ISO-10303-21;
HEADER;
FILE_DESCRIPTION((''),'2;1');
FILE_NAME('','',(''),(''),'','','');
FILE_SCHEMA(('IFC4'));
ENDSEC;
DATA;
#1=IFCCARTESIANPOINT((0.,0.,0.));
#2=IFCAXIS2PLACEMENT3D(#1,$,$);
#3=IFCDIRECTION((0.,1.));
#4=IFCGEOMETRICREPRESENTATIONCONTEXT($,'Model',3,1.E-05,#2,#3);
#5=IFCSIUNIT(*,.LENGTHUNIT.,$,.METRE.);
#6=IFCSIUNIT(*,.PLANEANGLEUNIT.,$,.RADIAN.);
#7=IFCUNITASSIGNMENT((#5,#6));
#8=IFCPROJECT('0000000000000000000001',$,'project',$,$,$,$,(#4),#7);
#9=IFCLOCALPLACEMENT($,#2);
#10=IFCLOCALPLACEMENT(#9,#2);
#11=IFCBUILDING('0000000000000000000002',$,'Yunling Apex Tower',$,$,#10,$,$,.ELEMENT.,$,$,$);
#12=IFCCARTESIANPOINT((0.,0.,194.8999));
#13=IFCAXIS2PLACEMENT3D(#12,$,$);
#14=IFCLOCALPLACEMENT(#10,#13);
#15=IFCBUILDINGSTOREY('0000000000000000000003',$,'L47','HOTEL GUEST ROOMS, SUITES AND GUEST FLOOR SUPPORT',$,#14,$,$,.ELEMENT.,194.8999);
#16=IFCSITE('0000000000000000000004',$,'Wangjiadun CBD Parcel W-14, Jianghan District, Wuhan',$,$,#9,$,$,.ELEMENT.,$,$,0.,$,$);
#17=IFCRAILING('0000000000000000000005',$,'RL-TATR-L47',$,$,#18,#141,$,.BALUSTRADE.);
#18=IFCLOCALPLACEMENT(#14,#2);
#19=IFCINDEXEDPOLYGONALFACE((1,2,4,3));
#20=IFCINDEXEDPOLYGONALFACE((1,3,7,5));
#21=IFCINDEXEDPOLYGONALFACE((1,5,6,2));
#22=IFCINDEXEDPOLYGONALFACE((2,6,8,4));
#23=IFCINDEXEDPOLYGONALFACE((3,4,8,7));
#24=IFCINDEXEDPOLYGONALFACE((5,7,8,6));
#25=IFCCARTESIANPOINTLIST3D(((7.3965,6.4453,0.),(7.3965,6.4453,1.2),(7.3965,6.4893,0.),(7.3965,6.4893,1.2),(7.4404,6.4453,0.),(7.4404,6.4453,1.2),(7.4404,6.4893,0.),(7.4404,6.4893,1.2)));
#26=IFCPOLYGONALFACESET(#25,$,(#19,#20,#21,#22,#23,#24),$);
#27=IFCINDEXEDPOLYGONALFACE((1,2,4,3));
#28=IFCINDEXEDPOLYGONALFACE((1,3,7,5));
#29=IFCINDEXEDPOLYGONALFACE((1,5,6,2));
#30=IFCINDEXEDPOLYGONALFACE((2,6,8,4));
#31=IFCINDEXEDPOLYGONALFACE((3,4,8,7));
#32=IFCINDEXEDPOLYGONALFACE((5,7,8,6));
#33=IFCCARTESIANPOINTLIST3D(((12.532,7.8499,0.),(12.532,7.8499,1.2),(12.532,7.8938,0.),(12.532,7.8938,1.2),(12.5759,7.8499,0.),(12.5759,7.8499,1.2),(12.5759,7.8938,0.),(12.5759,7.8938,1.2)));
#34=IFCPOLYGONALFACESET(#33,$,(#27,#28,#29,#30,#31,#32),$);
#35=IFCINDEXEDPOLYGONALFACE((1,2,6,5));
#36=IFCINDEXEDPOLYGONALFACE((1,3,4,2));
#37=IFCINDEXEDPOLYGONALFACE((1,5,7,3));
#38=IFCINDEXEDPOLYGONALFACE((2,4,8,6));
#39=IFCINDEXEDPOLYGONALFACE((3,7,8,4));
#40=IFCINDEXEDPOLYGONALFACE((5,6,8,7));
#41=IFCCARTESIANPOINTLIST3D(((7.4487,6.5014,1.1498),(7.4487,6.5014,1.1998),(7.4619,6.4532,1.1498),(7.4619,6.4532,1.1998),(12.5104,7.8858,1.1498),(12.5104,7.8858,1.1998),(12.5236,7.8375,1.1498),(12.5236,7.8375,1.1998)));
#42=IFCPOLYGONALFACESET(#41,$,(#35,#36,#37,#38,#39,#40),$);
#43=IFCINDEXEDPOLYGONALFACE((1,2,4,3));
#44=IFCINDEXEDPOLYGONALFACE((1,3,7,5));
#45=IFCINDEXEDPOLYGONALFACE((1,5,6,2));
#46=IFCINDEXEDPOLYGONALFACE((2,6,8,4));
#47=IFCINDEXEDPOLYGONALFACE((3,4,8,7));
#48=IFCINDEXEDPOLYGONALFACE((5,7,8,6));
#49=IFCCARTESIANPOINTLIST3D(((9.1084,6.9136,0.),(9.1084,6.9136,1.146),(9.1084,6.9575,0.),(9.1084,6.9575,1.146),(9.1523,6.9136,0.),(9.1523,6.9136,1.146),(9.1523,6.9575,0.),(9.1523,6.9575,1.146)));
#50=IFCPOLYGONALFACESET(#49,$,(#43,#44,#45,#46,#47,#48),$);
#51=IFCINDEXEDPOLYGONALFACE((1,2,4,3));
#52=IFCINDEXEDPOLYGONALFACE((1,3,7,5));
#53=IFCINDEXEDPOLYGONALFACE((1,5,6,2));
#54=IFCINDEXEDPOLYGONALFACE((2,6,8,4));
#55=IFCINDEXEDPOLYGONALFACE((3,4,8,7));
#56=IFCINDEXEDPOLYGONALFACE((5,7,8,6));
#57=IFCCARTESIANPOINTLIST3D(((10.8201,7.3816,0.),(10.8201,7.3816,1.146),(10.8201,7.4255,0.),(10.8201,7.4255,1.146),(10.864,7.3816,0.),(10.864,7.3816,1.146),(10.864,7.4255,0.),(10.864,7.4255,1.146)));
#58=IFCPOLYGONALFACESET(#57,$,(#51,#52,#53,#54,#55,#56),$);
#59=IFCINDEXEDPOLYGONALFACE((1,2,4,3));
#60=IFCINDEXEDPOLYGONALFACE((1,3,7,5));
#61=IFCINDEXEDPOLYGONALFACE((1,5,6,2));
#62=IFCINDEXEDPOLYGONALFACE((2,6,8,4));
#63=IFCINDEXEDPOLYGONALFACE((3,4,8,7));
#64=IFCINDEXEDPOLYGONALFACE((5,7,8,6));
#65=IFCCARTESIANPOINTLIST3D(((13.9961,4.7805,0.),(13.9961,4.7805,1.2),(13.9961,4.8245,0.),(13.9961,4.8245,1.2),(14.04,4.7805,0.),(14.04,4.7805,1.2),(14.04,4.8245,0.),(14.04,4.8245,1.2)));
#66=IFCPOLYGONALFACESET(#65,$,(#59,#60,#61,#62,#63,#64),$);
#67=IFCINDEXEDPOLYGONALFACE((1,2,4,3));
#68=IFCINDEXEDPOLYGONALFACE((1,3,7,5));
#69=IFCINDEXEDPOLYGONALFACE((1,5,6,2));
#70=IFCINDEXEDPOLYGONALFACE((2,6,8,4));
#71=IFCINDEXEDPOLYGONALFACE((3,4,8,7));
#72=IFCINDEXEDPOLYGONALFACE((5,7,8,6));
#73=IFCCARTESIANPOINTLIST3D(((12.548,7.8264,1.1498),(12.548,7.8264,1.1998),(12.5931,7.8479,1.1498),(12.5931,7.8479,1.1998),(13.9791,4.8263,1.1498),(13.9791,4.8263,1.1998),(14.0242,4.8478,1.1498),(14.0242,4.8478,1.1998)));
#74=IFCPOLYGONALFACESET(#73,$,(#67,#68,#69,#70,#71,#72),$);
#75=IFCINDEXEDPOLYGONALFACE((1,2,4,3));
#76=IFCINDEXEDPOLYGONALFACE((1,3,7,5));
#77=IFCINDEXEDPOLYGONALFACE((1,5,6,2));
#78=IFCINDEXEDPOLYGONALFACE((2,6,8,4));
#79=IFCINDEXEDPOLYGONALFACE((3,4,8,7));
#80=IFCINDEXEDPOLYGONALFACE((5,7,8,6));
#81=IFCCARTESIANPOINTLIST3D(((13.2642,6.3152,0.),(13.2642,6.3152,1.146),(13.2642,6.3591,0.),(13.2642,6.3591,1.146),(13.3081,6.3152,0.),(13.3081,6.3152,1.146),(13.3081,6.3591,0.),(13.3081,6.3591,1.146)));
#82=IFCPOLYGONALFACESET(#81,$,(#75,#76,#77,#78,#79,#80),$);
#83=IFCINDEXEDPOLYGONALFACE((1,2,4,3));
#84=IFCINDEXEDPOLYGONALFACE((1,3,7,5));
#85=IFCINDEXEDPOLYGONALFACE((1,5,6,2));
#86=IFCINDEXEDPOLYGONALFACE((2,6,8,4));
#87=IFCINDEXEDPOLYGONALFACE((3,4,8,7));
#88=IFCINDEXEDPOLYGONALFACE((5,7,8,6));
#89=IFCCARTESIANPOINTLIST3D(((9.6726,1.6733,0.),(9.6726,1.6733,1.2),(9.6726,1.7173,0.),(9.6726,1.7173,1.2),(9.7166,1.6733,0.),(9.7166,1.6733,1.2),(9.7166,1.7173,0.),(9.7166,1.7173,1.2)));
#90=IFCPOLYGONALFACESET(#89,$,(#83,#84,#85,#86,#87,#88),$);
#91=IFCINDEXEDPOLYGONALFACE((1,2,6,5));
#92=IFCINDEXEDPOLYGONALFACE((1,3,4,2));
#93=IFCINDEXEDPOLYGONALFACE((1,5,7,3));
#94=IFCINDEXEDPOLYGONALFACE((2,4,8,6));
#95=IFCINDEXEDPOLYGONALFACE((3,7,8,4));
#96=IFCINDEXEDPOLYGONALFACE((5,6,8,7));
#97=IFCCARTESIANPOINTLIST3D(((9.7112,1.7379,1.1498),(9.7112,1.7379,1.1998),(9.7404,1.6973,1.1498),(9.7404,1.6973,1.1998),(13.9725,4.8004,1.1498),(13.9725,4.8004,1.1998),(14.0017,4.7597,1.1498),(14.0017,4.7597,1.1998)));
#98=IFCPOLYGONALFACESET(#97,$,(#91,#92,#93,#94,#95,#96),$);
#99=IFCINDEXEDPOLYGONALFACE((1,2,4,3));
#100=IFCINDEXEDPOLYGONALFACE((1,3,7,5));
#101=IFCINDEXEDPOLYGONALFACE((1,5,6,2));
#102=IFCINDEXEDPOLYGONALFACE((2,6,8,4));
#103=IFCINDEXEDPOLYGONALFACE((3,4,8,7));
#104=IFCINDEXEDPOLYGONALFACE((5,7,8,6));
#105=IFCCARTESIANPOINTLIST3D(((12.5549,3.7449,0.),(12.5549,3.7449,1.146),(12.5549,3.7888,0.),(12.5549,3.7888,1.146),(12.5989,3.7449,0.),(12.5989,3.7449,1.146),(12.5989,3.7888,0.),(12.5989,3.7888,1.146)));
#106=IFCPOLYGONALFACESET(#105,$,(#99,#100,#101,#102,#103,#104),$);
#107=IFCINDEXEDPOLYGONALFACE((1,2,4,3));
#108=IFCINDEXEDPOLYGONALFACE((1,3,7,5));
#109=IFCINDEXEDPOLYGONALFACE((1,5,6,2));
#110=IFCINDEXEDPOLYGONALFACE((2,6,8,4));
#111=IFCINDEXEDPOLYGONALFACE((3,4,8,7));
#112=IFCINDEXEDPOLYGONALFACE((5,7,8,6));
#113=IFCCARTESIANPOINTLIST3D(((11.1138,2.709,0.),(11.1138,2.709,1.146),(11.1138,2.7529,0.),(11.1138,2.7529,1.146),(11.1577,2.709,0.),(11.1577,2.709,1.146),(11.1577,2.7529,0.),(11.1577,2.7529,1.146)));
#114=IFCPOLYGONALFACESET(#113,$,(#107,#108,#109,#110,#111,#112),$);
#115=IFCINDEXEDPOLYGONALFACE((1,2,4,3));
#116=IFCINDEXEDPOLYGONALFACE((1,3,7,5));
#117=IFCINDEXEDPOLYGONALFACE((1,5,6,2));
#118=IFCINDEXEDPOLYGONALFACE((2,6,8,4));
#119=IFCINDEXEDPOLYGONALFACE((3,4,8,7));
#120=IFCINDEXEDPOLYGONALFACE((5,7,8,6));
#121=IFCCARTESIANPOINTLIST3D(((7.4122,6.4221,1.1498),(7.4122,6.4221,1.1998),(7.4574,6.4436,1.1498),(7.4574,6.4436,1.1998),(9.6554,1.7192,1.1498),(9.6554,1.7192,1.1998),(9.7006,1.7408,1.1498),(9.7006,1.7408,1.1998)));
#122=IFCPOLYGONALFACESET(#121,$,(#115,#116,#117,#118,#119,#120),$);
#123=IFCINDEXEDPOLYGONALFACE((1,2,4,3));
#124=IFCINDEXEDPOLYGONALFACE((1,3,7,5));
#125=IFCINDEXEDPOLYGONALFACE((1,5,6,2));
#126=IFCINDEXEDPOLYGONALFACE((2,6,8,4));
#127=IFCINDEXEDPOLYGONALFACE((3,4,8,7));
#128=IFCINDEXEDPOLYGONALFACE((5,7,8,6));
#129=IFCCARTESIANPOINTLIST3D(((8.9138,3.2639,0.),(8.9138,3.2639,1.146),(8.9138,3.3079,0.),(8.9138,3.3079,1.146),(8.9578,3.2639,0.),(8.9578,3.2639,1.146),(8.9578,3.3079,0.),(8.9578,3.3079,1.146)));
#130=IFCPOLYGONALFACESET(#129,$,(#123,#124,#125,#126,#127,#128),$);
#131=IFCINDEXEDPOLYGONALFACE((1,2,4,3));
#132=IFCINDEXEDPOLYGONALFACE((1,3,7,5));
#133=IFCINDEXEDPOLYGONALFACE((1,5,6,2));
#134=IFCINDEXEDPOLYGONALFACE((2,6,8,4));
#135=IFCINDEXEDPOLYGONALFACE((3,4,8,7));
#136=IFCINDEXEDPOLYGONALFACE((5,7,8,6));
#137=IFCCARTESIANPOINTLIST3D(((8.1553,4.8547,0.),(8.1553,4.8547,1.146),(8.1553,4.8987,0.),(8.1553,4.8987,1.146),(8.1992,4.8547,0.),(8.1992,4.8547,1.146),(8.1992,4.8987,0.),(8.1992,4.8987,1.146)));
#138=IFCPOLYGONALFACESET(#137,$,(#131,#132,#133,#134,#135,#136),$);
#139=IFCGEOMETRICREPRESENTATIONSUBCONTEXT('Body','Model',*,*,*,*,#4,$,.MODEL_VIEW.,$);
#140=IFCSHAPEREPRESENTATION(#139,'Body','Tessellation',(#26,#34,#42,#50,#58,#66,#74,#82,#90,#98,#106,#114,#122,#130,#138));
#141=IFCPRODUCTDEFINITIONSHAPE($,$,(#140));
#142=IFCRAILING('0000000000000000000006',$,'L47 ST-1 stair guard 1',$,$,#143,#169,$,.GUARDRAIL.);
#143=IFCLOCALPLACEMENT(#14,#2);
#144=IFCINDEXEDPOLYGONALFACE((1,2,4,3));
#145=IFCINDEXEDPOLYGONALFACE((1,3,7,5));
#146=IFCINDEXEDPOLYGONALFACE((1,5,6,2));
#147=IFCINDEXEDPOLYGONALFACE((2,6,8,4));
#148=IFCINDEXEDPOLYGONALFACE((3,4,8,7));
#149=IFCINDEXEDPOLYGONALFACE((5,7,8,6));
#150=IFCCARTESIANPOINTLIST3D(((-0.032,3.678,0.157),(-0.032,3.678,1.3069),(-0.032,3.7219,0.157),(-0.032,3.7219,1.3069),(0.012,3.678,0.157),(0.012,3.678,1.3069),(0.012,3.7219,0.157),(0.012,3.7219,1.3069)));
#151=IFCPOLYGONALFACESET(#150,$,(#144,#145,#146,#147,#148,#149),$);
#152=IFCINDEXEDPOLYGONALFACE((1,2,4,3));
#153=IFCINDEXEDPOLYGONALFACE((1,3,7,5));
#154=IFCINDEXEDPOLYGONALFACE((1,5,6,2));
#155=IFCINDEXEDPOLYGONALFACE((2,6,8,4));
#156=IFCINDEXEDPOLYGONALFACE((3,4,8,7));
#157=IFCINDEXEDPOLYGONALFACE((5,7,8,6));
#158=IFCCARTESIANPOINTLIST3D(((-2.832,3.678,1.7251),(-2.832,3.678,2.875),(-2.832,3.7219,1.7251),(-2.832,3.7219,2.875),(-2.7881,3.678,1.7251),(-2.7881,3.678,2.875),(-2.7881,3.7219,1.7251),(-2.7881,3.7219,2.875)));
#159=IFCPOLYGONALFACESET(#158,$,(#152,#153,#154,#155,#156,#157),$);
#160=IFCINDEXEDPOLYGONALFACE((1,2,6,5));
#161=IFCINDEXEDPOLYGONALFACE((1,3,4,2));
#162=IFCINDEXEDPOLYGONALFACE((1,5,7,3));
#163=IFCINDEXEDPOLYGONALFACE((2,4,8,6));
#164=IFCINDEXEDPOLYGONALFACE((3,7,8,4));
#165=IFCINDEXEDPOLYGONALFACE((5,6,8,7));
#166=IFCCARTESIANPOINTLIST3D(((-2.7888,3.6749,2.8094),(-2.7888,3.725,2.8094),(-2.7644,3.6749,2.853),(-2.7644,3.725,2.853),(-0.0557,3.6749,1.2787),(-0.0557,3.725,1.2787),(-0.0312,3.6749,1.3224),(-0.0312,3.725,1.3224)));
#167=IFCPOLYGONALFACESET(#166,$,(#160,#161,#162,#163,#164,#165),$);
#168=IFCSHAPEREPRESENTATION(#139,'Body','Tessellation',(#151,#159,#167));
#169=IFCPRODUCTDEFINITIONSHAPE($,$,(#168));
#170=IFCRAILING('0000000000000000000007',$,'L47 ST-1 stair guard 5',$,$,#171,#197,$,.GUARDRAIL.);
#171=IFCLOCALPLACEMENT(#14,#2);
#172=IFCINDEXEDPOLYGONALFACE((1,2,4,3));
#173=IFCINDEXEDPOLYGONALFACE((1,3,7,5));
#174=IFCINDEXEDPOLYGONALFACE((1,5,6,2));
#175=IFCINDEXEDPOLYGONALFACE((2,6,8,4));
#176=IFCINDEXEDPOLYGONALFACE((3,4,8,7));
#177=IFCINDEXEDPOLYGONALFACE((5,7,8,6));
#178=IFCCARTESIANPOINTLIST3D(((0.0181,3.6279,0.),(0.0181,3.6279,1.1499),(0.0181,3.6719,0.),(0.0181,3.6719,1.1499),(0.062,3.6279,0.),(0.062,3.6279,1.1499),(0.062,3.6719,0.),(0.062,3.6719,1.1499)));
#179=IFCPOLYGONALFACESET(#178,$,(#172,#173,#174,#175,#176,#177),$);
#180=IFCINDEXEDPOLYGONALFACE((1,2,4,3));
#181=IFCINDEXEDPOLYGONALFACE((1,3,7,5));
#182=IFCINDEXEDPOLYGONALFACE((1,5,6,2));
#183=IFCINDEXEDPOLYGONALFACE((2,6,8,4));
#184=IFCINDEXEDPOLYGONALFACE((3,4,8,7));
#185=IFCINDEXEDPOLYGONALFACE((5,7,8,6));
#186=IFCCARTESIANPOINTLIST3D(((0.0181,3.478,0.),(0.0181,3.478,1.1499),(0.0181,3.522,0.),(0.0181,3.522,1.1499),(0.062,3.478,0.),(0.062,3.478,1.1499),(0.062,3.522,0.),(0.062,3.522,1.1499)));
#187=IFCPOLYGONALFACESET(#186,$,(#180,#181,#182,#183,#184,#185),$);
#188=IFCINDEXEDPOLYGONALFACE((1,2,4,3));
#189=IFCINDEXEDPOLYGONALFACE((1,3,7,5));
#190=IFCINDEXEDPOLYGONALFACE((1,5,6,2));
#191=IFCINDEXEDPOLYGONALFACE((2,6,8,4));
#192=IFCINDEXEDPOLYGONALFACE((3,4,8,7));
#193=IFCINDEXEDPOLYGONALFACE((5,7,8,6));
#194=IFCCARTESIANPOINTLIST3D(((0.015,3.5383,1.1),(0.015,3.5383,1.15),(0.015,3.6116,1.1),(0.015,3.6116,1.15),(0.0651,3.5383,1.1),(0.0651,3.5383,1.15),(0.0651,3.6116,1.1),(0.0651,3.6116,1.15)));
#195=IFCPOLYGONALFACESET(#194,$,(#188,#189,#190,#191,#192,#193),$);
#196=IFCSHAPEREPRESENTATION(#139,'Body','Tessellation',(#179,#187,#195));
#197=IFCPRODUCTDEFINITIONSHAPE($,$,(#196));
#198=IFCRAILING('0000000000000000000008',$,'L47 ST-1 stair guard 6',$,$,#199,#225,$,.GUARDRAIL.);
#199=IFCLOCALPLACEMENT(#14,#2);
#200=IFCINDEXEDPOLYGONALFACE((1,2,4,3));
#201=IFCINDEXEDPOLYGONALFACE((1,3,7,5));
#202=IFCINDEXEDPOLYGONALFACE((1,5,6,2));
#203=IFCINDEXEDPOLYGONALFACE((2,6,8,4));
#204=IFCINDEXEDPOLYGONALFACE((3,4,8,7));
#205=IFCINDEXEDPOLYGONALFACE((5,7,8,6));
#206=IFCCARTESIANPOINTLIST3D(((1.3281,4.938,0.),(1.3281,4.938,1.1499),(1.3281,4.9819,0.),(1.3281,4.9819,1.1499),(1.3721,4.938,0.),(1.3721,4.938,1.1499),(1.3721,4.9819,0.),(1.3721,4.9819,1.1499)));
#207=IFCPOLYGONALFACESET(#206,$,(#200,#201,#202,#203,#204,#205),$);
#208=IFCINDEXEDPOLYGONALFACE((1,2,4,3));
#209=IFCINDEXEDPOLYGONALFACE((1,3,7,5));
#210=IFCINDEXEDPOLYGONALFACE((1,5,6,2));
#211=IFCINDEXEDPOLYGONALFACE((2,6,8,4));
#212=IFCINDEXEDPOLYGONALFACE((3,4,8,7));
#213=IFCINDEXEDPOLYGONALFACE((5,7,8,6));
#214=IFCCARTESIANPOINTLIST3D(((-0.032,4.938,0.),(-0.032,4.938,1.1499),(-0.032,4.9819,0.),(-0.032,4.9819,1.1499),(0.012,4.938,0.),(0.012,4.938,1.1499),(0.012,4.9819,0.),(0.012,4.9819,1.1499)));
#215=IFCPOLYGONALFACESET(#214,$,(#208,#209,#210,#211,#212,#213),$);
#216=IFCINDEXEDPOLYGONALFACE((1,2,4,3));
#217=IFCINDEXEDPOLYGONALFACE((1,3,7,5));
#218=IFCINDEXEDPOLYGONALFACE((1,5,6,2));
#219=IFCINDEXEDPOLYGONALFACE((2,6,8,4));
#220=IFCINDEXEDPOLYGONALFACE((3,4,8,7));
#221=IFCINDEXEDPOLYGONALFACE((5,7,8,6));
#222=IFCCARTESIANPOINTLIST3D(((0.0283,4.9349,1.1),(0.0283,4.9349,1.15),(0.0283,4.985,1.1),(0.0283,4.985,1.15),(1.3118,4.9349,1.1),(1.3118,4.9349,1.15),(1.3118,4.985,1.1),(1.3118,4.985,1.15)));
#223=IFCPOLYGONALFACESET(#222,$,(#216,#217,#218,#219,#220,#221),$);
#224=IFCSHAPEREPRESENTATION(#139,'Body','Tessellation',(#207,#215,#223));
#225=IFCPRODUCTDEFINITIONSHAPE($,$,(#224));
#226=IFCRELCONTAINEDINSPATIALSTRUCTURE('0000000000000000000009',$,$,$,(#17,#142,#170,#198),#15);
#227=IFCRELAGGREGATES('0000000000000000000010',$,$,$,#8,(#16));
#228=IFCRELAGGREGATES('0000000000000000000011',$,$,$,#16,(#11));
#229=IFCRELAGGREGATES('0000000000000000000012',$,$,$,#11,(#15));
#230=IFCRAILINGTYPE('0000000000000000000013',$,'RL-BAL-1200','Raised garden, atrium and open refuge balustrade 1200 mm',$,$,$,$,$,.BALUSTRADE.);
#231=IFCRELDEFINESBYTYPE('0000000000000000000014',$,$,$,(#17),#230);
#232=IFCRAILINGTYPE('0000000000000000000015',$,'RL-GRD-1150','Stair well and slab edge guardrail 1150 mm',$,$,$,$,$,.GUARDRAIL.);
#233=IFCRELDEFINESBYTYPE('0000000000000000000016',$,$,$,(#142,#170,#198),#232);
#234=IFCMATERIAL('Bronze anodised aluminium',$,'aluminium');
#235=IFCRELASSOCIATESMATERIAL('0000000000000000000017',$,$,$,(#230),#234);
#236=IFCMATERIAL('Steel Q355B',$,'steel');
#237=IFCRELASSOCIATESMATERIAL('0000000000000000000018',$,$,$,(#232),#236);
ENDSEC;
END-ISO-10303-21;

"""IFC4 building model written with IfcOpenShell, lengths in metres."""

from ifc_helpers import new_model, si_unit, direction, frame, origin, origin_2d, place, context, subcontext, project, spatial, rectangle, extrude, material, type_object, element, save


model = new_model("IFC4")

# Units and contexts
model_context = context("Model", 3, precision=1e-05, world=origin(), true_north=direction((0.0, 1.0)))
body_context = subcontext(model_context, "Body", "Model", "MODEL_VIEW")
ifc_project = project(units=[si_unit("LENGTHUNIT", "METRE"), si_unit("PLANEANGLEUNIT", "RADIAN")], contexts=[model_context])

# Site, building, storey
site_placement = place(None, origin())
site = spatial("IfcSite", under=ifc_project, at=site_placement, Name="Wangjiadun CBD Parcel W-14, Jianghan District, Wuhan", CompositionType="ELEMENT", RefElevation=0.0)
building_placement = place(site_placement, origin())
building = spatial("IfcBuilding", under=site, at=building_placement, Name="Yunling Apex Tower", CompositionType="ELEMENT")
storey_placement = place(building_placement, frame((0.0, 0.0, 194.8999)))
storey = spatial("IfcBuildingStorey", under=building, at=storey_placement, Name="L47", Description="HOTEL GUEST ROOMS, SUITES AND GUEST FLOOR SUPPORT", CompositionType="ELEMENT", Elevation=194.8999)

# Shared definitions
ifc_material_1 = material(Name="Steel Q355B", Category="steel")

# Shared definitions
ifc_material_2 = material(Name="Bronze anodised aluminium", Category="aluminium")

# Railings
railing_type_1 = type_object("IfcRailingType", Name="RL-BAL-1200", Description="Raised garden, atrium and open refuge balustrade 1200 mm", PredefinedType="BALUSTRADE", material=ifc_material_2)
railing_1_placement = place(storey_placement, frame((7.4185, 6.4673, 0.0)))
element("IfcRailing", 1, at=railing_1_placement, inside=storey, type_object=railing_type_1, Name="RL-TATR-L47", PredefinedType="BALUSTRADE", context=body_context, shape_type="SweptSolid", body=[
    extrude(rectangle(XDim=0.0439, YDim=0.0439, at=origin_2d()), origin(), (0.0, 0.0, 1.0), 1.2),
    extrude(rectangle(XDim=0.0439, YDim=0.0439, at=origin_2d()), frame((5.1355, 1.4045, 0.0)), (0.0, 0.0, 1.0), 1.2),
    extrude(rectangle(XDim=0.05, YDim=0.05, at=origin_2d()), frame((0.0369, 0.01, 1.1748), z_axis=(0.964575, 0.263808, 0.0), x_axis=(-0.263808, 0.964575, 0.0)), (0.0, 0.0, 1.0), 5.2476),
    extrude(rectangle(XDim=0.0439, YDim=0.0439, at=origin_2d()), frame((1.7119, 0.4683, 0.0)), (0.0, 0.0, 1.0), 1.146),
    extrude(rectangle(XDim=0.0439, YDim=0.0439, at=origin_2d()), frame((3.4236, 0.9363, 0.0)), (0.0, 0.0, 1.0), 1.146),
    extrude(rectangle(XDim=0.0439, YDim=0.0439, at=origin_2d()), frame((6.5996, -1.6648, 0.0)), (0.0, 0.0, 1.0), 1.2),
    extrude(rectangle(XDim=0.05, YDim=0.05, at=origin_2d()), frame((5.1521, 1.3699, 1.1748), z_axis=(0.430538, -0.902572, 0.0), x_axis=(0.902572, 0.430538, 0.0)), (0.0, 0.0, 1.0), 3.324),
    extrude(rectangle(XDim=0.0439, YDim=0.0439, at=origin_2d()), frame((5.8677, -0.1301, 0.0)), (0.0, 0.0, 1.0), 1.146),
    extrude(rectangle(XDim=0.0439, YDim=0.0439, at=origin_2d()), frame((2.2761, -4.772, 0.0)), (0.0, 0.0, 1.0), 1.2),
    extrude(rectangle(XDim=0.05, YDim=0.05, at=origin_2d()), frame((6.5686, -1.6873, 1.1748), z_axis=(-0.812045, -0.583595, 0.0), x_axis=(0.583595, -0.812045, 0.0)), (0.0, 0.0, 1.0), 5.2476),
    extrude(rectangle(XDim=0.0439, YDim=0.0439, at=origin_2d()), frame((5.1584, -2.7004, 0.0)), (0.0, 0.0, 1.0), 1.146),
    extrude(rectangle(XDim=0.0439, YDim=0.0439, at=origin_2d()), frame((3.7173, -3.7363, 0.0)), (0.0, 0.0, 1.0), 1.146),
    extrude(rectangle(XDim=0.05, YDim=0.05, at=origin_2d()), frame((2.2595, -4.7373, 1.1748), z_axis=(-0.430512, 0.902585, 0.0), x_axis=(-0.902585, -0.430512, 0.0)), (0.0, 0.0, 1.0), 5.2104),
    extrude(rectangle(XDim=0.0439, YDim=0.0439, at=origin_2d()), frame((1.5173, -3.1814, 0.0)), (0.0, 0.0, 1.0), 1.146),
    extrude(rectangle(XDim=0.0439, YDim=0.0439, at=origin_2d()), frame((0.7588, -1.5906, 0.0)), (0.0, 0.0, 1.0), 1.146),
])
railing_type_2 = type_object("IfcRailingType", Name="RL-GRD-1150", Description="Stair well and slab edge guardrail 1150 mm", PredefinedType="GUARDRAIL", material=ifc_material_1)
railing_2_placement = place(storey_placement, frame((-0.01, 3.7, 0.157)))
element("IfcRailing", 2, at=railing_2_placement, inside=storey, type_object=railing_type_2, Name="L47 ST-1 stair guard 1", PredefinedType="GUARDRAIL", context=body_context, shape_type="SweptSolid", body=[
    extrude(rectangle(XDim=0.0439, YDim=0.0439, at=origin_2d()), origin(), (0.0, 0.0, 1.0), 1.1499),
    extrude(rectangle(XDim=0.0439, YDim=0.0439, at=origin_2d()), frame((-2.8, 0.0, 1.5681)), (0.0, 0.0, 1.0), 1.1499),
    extrude(rectangle(XDim=0.05, YDim=0.05, at=origin_2d()), frame((-0.0334, 0.0, 1.1436), z_axis=(-0.872494, 0.0, 0.488624), x_axis=(0.0, -1.0, 0.0)), (0.0, 0.0, 1.0), 3.1326),
])
railing_3_placement = place(storey_placement, frame((0.04, 3.6499, 0.0)))
element("IfcRailing", 3, at=railing_3_placement, inside=storey, type_object=railing_type_2, Name="L47 ST-1 stair guard 5", PredefinedType="GUARDRAIL", context=body_context, shape_type="SweptSolid", body=[
    extrude(rectangle(XDim=0.0439, YDim=0.0439, at=origin_2d()), origin(), (0.0, 0.0, 1.0), 1.1499),
    extrude(rectangle(XDim=0.0439, YDim=0.0439, at=origin_2d()), frame((0.0, -0.1499, 0.0)), (0.0, 0.0, 1.0), 1.1499),
    extrude(rectangle(XDim=0.05, YDim=0.05, at=origin_2d()), frame((0.0, -0.0383, 1.125), z_axis=(0.0, -1.0, 0.0), x_axis=(1.0, 0.0, 0.0)), (0.0, 0.0, 1.0), 0.0732),
])
railing_4_placement = place(storey_placement, frame((1.3501, 4.96, 0.0)))
element("IfcRailing", 4, at=railing_4_placement, inside=storey, type_object=railing_type_2, Name="L47 ST-1 stair guard 6", PredefinedType="GUARDRAIL", context=body_context, shape_type="SweptSolid", body=[
    extrude(rectangle(XDim=0.0439, YDim=0.0439, at=origin_2d()), origin(), (0.0, 0.0, 1.0), 1.1499),
    extrude(rectangle(XDim=0.0439, YDim=0.0439, at=origin_2d()), frame((-1.3601, 0.0, 0.0)), (0.0, 0.0, 1.0), 1.1499),
    extrude(rectangle(XDim=0.05, YDim=0.05, at=origin_2d()), frame((-0.0383, 0.0, 1.125), z_axis=(-1.0, 0.0, 0.0), x_axis=(0.0, -1.0, 0.0)), (0.0, 0.0, 1.0), 1.2834),
])

save(model, "model.ifc")
